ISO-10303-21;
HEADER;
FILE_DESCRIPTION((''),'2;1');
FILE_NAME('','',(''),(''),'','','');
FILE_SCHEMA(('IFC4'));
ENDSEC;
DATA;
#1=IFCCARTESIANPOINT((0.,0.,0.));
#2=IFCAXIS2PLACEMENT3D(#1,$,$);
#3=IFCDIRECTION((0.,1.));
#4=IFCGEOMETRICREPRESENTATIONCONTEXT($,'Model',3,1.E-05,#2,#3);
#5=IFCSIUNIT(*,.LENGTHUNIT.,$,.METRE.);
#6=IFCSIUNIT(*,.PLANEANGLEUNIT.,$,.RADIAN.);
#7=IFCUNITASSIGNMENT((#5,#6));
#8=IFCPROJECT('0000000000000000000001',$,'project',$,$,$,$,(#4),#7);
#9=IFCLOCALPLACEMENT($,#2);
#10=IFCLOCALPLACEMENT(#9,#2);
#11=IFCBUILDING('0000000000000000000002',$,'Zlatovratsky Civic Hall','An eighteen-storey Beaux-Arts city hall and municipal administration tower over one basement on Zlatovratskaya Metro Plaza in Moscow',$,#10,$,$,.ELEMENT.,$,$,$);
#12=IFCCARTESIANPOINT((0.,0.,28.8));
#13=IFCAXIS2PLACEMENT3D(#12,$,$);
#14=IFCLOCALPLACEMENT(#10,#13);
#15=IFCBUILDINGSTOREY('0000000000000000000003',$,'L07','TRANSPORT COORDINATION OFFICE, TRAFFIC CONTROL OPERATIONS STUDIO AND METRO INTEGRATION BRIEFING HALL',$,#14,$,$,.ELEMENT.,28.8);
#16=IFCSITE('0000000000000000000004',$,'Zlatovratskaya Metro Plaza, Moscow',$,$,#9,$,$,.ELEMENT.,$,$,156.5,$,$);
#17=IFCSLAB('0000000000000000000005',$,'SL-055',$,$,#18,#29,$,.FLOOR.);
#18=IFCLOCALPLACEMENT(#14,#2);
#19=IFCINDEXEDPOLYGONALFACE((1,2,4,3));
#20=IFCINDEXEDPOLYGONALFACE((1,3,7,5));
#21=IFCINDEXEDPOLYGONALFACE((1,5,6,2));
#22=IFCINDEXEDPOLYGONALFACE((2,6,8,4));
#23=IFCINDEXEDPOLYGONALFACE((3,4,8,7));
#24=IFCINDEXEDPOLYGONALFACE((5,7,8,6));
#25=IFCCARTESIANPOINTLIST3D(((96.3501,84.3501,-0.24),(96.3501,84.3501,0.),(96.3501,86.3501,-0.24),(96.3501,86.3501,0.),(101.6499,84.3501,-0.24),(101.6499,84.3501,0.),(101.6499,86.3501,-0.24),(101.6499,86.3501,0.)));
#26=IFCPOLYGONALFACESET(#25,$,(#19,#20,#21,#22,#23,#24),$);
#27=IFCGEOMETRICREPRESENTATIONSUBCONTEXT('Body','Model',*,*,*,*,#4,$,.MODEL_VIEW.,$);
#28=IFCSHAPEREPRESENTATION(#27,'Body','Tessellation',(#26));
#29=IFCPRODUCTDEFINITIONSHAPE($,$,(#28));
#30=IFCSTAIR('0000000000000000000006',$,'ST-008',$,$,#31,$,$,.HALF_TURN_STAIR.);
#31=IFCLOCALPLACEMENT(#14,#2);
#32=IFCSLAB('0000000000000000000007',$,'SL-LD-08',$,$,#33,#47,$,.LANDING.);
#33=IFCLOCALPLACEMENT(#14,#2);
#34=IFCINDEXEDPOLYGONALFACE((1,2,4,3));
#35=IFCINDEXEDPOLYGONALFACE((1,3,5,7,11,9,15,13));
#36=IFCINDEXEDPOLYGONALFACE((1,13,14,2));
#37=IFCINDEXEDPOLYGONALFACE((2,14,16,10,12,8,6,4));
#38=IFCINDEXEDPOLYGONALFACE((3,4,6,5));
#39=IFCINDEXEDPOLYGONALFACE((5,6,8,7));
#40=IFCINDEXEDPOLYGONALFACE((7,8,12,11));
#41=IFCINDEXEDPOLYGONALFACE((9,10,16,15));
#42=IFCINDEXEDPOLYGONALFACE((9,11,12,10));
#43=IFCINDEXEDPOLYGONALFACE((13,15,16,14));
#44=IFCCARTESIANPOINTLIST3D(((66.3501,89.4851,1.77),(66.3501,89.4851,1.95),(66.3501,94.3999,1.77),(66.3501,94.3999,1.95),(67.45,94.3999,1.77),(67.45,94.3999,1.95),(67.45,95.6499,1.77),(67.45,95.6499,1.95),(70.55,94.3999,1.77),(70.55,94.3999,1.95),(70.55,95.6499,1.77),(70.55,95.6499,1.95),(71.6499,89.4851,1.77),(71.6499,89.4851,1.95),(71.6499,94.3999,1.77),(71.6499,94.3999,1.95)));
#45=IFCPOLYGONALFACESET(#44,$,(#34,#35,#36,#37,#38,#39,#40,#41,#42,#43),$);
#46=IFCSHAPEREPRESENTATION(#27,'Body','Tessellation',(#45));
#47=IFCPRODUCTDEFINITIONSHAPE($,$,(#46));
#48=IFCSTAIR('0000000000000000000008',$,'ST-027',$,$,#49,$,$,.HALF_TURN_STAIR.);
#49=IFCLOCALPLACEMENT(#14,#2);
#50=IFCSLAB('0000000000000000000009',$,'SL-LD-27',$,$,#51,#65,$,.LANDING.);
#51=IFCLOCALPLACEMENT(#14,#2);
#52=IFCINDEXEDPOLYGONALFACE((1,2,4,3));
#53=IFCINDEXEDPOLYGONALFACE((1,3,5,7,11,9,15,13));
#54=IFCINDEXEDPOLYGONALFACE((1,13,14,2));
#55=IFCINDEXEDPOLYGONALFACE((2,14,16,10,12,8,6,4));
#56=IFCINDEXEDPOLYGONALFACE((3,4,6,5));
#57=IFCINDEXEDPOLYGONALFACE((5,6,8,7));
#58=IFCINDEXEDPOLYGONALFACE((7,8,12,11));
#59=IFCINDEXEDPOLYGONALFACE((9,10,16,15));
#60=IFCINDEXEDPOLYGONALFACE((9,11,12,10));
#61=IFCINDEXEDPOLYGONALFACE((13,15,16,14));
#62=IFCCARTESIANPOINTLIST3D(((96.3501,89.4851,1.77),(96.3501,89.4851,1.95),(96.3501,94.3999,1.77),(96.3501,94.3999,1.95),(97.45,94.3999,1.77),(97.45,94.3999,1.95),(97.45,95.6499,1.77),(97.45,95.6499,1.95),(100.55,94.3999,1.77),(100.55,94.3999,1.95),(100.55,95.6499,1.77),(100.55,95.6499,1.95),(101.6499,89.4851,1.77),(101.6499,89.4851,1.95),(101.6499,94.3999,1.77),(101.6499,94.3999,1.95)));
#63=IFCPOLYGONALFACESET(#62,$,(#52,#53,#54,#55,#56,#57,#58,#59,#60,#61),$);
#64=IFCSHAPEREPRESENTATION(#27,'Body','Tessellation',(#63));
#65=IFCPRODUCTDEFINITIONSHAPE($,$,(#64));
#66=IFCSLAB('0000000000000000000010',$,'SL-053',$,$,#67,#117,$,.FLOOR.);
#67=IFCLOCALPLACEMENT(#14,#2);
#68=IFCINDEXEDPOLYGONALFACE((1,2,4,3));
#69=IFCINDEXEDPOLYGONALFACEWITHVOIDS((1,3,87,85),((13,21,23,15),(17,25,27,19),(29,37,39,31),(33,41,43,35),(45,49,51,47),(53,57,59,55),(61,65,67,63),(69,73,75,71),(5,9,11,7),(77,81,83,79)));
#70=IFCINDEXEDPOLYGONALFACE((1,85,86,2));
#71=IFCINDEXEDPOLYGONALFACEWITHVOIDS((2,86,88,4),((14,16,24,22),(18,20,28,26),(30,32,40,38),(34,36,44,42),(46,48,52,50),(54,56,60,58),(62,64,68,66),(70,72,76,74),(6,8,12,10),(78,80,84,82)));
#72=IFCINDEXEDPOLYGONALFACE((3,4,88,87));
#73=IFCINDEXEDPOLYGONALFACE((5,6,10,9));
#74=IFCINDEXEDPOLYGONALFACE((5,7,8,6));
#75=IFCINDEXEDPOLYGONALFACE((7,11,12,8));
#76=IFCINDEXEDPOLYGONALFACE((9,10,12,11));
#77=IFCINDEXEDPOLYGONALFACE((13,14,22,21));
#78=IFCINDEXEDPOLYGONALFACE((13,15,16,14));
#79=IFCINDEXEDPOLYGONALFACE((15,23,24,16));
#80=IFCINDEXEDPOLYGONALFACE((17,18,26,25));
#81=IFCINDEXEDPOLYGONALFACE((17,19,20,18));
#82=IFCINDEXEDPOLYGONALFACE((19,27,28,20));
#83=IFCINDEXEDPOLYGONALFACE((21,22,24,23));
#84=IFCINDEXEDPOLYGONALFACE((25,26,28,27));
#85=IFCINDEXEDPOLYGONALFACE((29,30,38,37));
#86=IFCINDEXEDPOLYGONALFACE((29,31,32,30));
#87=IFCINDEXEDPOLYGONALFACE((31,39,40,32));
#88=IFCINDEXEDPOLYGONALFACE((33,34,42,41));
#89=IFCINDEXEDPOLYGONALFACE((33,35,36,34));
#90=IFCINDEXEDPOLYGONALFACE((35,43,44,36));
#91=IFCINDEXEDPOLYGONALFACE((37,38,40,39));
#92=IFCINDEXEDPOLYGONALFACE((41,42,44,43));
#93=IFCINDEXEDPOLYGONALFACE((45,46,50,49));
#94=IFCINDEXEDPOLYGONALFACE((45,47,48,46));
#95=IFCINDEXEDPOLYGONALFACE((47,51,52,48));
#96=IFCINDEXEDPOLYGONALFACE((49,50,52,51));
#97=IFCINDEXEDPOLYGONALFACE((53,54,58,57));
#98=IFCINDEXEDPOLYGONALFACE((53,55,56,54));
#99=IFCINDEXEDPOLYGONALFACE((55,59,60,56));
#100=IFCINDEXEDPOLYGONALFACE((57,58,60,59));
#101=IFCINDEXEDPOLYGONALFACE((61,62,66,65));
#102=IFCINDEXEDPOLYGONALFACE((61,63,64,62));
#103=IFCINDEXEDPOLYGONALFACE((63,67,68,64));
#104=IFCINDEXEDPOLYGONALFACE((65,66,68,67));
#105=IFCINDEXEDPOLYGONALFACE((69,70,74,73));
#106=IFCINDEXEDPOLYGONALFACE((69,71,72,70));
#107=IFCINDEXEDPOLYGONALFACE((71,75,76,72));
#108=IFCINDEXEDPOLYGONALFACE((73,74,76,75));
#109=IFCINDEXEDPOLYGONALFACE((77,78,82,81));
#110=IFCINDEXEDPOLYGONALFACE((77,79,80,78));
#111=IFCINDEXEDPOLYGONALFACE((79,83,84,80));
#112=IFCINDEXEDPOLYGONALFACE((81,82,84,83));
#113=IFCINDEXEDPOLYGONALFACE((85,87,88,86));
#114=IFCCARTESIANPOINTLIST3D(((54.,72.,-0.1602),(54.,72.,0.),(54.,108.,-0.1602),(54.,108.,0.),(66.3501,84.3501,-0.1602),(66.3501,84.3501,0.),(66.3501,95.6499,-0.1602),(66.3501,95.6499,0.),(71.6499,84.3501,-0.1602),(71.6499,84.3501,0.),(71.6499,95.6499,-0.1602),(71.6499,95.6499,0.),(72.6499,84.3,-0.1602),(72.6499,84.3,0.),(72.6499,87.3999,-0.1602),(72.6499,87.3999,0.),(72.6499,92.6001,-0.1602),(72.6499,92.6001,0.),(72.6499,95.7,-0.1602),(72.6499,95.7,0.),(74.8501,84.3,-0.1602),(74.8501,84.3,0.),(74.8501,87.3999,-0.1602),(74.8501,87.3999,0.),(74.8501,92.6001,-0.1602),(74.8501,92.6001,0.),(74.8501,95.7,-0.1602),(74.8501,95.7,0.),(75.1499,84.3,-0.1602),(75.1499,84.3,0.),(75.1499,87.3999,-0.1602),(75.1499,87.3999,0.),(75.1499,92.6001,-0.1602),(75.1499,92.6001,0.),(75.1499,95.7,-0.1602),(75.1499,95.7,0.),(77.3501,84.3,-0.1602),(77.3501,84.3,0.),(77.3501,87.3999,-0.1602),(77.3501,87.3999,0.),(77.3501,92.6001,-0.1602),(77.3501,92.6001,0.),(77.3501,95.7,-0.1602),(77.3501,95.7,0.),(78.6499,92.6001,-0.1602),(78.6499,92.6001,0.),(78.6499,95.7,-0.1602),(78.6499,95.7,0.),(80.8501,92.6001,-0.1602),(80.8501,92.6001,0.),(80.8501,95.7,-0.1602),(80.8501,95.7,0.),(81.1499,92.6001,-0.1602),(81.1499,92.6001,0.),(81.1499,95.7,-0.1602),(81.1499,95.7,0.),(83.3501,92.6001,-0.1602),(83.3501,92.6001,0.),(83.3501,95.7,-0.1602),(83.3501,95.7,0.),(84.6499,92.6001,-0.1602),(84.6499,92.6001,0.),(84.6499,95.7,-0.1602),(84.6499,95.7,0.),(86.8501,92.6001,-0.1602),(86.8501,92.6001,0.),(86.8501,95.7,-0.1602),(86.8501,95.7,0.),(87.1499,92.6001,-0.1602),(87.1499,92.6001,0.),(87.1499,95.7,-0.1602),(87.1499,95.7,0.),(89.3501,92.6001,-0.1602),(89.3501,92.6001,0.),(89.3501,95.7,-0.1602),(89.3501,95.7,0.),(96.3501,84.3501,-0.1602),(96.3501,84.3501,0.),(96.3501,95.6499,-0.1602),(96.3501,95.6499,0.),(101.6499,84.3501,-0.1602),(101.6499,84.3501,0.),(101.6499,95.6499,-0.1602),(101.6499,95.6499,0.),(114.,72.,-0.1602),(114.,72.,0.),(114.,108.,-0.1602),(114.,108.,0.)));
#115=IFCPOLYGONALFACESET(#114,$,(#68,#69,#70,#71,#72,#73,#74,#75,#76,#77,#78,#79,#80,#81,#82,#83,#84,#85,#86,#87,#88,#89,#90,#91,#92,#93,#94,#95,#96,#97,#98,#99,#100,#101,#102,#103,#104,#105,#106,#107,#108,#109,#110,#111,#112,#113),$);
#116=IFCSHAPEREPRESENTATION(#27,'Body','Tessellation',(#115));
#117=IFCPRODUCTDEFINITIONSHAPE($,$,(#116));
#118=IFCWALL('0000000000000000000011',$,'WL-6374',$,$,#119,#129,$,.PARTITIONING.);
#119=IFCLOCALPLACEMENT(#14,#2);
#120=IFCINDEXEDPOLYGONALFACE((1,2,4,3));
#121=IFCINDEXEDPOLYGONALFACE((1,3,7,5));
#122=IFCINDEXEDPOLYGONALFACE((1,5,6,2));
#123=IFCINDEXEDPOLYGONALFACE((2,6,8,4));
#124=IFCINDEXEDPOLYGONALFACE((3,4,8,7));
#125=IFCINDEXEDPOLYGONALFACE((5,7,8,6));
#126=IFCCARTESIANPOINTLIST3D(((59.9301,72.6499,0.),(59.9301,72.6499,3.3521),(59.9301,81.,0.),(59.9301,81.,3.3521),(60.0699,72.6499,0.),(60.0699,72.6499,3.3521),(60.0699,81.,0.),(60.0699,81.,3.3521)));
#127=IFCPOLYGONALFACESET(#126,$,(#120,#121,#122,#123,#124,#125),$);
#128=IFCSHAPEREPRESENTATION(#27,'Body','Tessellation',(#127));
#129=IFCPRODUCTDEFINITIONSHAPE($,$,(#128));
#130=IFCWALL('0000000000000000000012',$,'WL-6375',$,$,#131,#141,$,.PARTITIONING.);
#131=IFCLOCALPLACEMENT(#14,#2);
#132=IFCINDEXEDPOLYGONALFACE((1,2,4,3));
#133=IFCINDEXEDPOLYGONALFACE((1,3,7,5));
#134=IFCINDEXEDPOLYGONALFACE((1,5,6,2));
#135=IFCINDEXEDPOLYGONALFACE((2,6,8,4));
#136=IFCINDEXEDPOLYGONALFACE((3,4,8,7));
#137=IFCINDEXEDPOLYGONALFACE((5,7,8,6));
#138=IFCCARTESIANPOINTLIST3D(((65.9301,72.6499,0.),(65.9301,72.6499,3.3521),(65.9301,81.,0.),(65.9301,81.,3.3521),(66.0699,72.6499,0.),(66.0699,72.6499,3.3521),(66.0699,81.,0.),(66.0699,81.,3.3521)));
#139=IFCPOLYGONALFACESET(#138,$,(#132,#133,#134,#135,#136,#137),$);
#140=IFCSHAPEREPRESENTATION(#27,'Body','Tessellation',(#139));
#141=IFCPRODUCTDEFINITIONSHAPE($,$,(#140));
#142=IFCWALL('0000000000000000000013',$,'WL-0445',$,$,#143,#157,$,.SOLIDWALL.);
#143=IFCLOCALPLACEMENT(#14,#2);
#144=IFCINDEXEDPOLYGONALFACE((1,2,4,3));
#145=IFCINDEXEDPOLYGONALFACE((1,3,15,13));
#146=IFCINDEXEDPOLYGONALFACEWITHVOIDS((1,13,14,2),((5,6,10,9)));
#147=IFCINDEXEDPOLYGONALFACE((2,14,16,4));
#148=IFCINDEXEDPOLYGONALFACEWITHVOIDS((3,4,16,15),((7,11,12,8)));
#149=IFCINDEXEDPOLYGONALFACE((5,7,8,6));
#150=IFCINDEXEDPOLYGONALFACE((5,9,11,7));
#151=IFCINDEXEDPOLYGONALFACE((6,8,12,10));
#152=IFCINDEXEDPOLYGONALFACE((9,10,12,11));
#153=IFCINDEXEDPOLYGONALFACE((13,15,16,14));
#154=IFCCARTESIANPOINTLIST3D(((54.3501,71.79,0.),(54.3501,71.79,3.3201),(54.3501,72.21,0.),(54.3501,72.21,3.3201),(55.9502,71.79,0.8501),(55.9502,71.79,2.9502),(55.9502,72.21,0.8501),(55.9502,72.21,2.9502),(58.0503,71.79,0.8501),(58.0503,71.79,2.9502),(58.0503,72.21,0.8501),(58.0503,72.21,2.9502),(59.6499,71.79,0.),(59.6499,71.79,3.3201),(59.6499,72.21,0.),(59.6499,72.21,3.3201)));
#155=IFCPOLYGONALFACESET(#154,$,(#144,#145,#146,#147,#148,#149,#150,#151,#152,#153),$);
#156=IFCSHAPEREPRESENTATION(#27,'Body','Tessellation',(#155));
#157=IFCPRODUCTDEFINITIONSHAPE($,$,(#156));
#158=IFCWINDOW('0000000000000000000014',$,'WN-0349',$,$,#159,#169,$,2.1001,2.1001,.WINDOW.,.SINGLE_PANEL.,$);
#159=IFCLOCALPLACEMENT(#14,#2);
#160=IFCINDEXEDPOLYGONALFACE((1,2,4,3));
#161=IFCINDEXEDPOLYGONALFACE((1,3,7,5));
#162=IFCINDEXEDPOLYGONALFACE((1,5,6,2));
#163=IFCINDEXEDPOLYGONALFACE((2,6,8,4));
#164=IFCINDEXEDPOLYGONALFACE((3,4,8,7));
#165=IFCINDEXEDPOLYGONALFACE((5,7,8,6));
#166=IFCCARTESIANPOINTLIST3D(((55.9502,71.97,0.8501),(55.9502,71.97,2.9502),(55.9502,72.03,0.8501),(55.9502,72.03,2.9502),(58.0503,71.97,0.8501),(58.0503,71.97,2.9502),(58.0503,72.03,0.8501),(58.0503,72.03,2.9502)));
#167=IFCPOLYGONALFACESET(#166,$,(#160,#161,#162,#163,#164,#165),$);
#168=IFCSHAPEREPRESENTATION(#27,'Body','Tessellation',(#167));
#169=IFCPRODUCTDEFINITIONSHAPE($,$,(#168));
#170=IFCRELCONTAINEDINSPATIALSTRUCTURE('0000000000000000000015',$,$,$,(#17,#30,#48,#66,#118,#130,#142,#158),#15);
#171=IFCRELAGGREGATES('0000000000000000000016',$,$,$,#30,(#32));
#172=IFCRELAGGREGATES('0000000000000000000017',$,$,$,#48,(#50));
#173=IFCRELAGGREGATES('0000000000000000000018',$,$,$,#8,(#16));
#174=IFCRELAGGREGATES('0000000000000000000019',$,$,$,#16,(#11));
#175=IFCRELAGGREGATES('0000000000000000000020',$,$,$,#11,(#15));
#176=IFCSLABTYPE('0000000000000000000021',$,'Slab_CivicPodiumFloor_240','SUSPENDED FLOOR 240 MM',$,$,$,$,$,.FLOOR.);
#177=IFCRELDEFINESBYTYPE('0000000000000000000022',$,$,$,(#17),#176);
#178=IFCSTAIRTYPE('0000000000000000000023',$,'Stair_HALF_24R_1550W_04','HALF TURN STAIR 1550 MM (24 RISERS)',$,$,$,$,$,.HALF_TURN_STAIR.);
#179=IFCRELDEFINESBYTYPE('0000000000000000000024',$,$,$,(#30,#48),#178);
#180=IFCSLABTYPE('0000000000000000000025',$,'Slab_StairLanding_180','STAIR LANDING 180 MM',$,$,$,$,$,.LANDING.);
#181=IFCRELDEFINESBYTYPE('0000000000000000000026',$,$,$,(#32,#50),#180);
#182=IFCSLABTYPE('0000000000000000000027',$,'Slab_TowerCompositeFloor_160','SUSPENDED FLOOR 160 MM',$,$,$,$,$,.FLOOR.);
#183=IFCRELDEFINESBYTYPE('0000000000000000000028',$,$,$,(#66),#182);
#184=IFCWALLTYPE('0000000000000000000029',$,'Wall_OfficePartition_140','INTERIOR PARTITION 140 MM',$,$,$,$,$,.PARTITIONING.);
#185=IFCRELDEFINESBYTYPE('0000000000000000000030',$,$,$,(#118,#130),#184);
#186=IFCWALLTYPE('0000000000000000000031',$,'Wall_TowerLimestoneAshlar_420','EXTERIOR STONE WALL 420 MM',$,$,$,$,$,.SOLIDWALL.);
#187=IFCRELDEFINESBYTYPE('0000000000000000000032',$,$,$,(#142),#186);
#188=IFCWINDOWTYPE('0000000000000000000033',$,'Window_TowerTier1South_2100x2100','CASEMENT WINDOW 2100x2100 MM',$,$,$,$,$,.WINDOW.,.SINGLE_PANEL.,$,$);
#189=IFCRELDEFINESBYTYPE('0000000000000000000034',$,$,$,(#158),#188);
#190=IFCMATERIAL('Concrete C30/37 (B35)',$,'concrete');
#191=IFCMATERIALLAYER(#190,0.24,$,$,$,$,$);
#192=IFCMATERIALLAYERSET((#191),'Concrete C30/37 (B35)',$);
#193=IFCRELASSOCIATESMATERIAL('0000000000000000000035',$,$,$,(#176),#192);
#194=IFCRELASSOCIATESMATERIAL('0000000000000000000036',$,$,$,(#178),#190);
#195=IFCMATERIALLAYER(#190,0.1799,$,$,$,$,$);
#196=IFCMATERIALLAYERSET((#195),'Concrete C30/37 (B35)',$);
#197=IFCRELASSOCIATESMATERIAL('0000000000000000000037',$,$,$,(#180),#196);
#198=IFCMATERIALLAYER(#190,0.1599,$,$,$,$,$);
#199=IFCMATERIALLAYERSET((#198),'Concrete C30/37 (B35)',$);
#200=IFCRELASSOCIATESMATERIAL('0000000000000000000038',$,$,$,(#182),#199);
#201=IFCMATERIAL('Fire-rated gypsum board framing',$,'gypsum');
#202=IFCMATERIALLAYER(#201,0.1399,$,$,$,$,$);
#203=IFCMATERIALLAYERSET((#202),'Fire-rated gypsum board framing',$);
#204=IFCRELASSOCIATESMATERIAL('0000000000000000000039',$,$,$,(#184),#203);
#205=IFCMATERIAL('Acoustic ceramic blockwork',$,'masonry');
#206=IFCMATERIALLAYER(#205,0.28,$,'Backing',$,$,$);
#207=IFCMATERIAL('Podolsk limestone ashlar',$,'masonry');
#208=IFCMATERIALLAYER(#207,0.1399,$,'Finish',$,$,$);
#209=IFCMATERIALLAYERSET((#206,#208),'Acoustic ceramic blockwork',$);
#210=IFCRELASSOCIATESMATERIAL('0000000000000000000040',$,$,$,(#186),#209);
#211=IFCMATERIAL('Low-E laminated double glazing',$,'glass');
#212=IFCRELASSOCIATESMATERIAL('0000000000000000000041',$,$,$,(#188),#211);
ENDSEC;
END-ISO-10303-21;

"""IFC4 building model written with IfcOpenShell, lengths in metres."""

from ifc_helpers import new_model, si_unit, direction, frame, frame_2d, origin, place, context, subcontext, project, spatial, polyline, rectangle, outline, extrude, material, layer, layer_set, type_object, element, fill, aggregate, save


model = new_model("IFC4")

# Units and contexts
model_context = context("Model", 3, precision=1e-05, world=origin(), true_north=direction((0.0, 1.0)))
body_context = subcontext(model_context, "Body", "Model", "MODEL_VIEW")
ifc_project = project(units=[si_unit("LENGTHUNIT", "METRE"), si_unit("PLANEANGLEUNIT", "RADIAN")], contexts=[model_context])

# Site, building, storey
site_placement = place(None, origin())
site = spatial("IfcSite", under=ifc_project, at=site_placement, Name="Zlatovratskaya Metro Plaza, Moscow", CompositionType="ELEMENT", RefElevation=156.5)
building_placement = place(site_placement, origin())
building = spatial("IfcBuilding", under=site, at=building_placement, Name="Zlatovratsky Civic Hall", Description="An eighteen-storey Beaux-Arts city hall and municipal administration tower over one basement on Zlatovratskaya Metro Plaza in Moscow", CompositionType="ELEMENT")
storey_placement = place(building_placement, frame((0.0, 0.0, 28.8)))
storey = spatial("IfcBuildingStorey", under=building, at=storey_placement, Name="L07", Description="TRANSPORT COORDINATION OFFICE, TRAFFIC CONTROL OPERATIONS STUDIO AND METRO INTEGRATION BRIEFING HALL", CompositionType="ELEMENT", Elevation=28.8)

# Slab
ifc_material_1 = material(Name="Concrete C30/37 (B35)", Category="concrete")
ifc_layer_1 = layer(ifc_material_1, 0.24)
ifc_layer_set_1 = layer_set([ifc_layer_1], Name="Concrete C30/37 (B35)")
slab_type_1 = type_object("IfcSlabType", Name="Slab_CivicPodiumFloor_240", Description="SUSPENDED FLOOR 240 MM", PredefinedType="FLOOR", material=ifc_layer_set_1)
slab_1_placement = place(storey_placement, frame((0.0, 0.0, -0.24)))
element("IfcSlab", 1, at=slab_1_placement, inside=storey, type_object=slab_type_1, Name="SL-055", PredefinedType="FLOOR", context=body_context, shape_type="SweptSolid", body=[
    extrude(outline(polyline([(96.3501, 84.3501), (101.6499, 84.3501), (101.6499, 86.3501), (96.3501, 86.3501), (96.3501, 84.3501)])), origin(), (0.0, 0.0, 1.0), 0.24),
])

# Stairs, slabs
stair_type = type_object("IfcStairType", Name="Stair_HALF_24R_1550W_04", Description="HALF TURN STAIR 1550 MM (24 RISERS)", PredefinedType="HALF_TURN_STAIR", material=ifc_material_1)
stair_1_placement = place(storey_placement, origin())
stair_1 = element("IfcStair", 2, at=stair_1_placement, inside=storey, type_object=stair_type, Name="ST-008", PredefinedType="HALF_TURN_STAIR")
ifc_layer_2 = layer(ifc_material_1, 0.1799)
ifc_layer_set_2 = layer_set([ifc_layer_2], Name="Concrete C30/37 (B35)")
slab_type_2 = type_object("IfcSlabType", Name="Slab_StairLanding_180", Description="STAIR LANDING 180 MM", PredefinedType="LANDING", material=ifc_layer_set_2)
slab_2_placement = place(storey_placement, frame((0.0, 0.0, 1.77)))
slab_2 = element("IfcSlab", 3, at=slab_2_placement, type_object=slab_type_2, Name="SL-LD-08", PredefinedType="LANDING", context=body_context, shape_type="SweptSolid", body=[
    extrude(outline(polyline([(66.3501, 89.4851), (71.6499, 89.4851), (71.6499, 94.3999), (70.55, 94.3999), (70.55, 95.6499), (67.45, 95.6499), (67.45, 94.3999), (66.3501, 94.3999), (66.3501, 89.4851)])), origin(), (0.0, 0.0, 1.0), 0.1799),
])
aggregate(stair_1, [slab_2])
stair_2_placement = place(storey_placement, origin())
stair_2 = element("IfcStair", 4, at=stair_2_placement, inside=storey, type_object=stair_type, Name="ST-027", PredefinedType="HALF_TURN_STAIR")
slab_3_placement = place(storey_placement, frame((0.0, 0.0, 1.77)))
slab_3 = element("IfcSlab", 5, at=slab_3_placement, type_object=slab_type_2, Name="SL-LD-27", PredefinedType="LANDING", context=body_context, shape_type="SweptSolid", body=[
    extrude(outline(polyline([(96.3501, 89.4851), (101.6499, 89.4851), (101.6499, 94.3999), (100.55, 94.3999), (100.55, 95.6499), (97.45, 95.6499), (97.45, 94.3999), (96.3501, 94.3999), (96.3501, 89.4851)])), origin(), (0.0, 0.0, 1.0), 0.1799),
])
aggregate(stair_2, [slab_3])

# Slab
ifc_layer_3 = layer(ifc_material_1, 0.1599)
ifc_layer_set_3 = layer_set([ifc_layer_3], Name="Concrete C30/37 (B35)")
slab_type_3 = type_object("IfcSlabType", Name="Slab_TowerCompositeFloor_160", Description="SUSPENDED FLOOR 160 MM", PredefinedType="FLOOR", material=ifc_layer_set_3)
slab_4_placement = place(storey_placement, frame((0.0, 0.0, -0.1602)))
element("IfcSlab", 6, at=slab_4_placement, inside=storey, type_object=slab_type_3, Name="SL-053", PredefinedType="FLOOR", context=body_context, shape_type="SweptSolid", body=[
    extrude(outline(polyline([(54.0, 72.0), (114.0, 72.0), (114.0, 108.0), (54.0, 108.0), (54.0, 72.0)]), holes=[polyline([(66.3501, 84.3501), (71.6499, 84.3501), (71.6499, 95.6499), (66.3501, 95.6499), (66.3501, 84.3501)]), polyline([(96.3501, 84.3501), (101.6499, 84.3501), (101.6499, 95.6499), (96.3501, 95.6499), (96.3501, 84.3501)]), polyline([(72.6499, 84.3), (74.8501, 84.3), (74.8501, 87.3999), (72.6499, 87.3999), (72.6499, 84.3)]), polyline([(75.1499, 84.3), (77.3501, 84.3), (77.3501, 87.3999), (75.1499, 87.3999), (75.1499, 84.3)]), polyline([(72.6499, 92.6001), (74.8501, 92.6001), (74.8501, 95.7), (72.6499, 95.7), (72.6499, 92.6001)]), polyline([(75.1499, 92.6001), (77.3501, 92.6001), (77.3501, 95.7), (75.1499, 95.7), (75.1499, 92.6001)]), polyline([(78.6499, 92.6001), (80.8501, 92.6001), (80.8501, 95.7), (78.6499, 95.7), (78.6499, 92.6001)]), polyline([(81.1499, 92.6001), (83.3501, 92.6001), (83.3501, 95.7), (81.1499, 95.7), (81.1499, 92.6001)]), polyline([(84.6499, 92.6001), (86.8501, 92.6001), (86.8501, 95.7), (84.6499, 95.7), (84.6499, 92.6001)]), polyline([(87.1499, 92.6001), (89.3501, 92.6001), (89.3501, 95.7), (87.1499, 95.7), (87.1499, 92.6001)])]), origin(), (0.0, 0.0, 1.0), 0.1602),
])

# Walls
ifc_material_2 = material(Name="Fire-rated gypsum board framing", Category="gypsum")
ifc_layer_4 = layer(ifc_material_2, 0.1399)
ifc_layer_set_4 = layer_set([ifc_layer_4], Name="Fire-rated gypsum board framing")
wall_type_1 = type_object("IfcWallType", Name="Wall_OfficePartition_140", Description="INTERIOR PARTITION 140 MM", PredefinedType="PARTITIONING", material=ifc_layer_set_4)
for number, where, z_axis, x_axis, name in (
    (7, (60.0, 72.6499, 0.0), (0.0, 0.0, 1.0), (0.0, 1.0, 0.0), "WL-6374"),
    (8, (66.0, 72.6499, 0.0), (0.0, 0.0, 1.0), (0.0, 1.0, 0.0), "WL-6375"),
):
    element("IfcWall", number, at=place(storey_placement, frame(where, z_axis=z_axis, x_axis=x_axis)), inside=storey, type_object=wall_type_1, Name=name, PredefinedType="PARTITIONING", context=body_context, shape_type="SweptSolid", body=[
        extrude(rectangle(XDim=8.3501, YDim=0.1399, at=frame_2d((4.175, 0.0))), origin(), (0.0, 0.0, 1.0), 3.3521),
    ])

# Wall, opening, window
ifc_material_3 = material(Name="Acoustic ceramic blockwork", Category="masonry")
ifc_layer_5 = layer(ifc_material_3, 0.28, Name="Backing")
ifc_material_4 = material(Name="Podolsk limestone ashlar", Category="masonry")
ifc_layer_6 = layer(ifc_material_4, 0.1399, Name="Finish")
ifc_layer_set_5 = layer_set([ifc_layer_5, ifc_layer_6], Name="Acoustic ceramic blockwork")
wall_type_2 = type_object("IfcWallType", Name="Wall_TowerLimestoneAshlar_420", Description="EXTERIOR STONE WALL 420 MM", PredefinedType="SOLIDWALL", material=ifc_layer_set_5)
wall_1_placement = place(storey_placement, frame((54.3501, 72.0, 0.0), z_axis=(0.0, 0.0, 1.0), x_axis=(1.0, 0.0, 0.0)))
wall_1 = element("IfcWall", 9, at=wall_1_placement, inside=storey, type_object=wall_type_2, Name="WL-0445", PredefinedType="SOLIDWALL", context=body_context, shape_type="SweptSolid", body=[
    extrude(rectangle(XDim=5.2998, YDim=0.4199, at=frame_2d((2.6499, 0.0))), origin(), (0.0, 0.0, 1.0), 3.3201),
])
opening_1_placement = place(wall_1_placement, frame((1.6001, 0.0, 0.8501)))
opening_1 = element("IfcOpeningElement", 10, at=opening_1_placement, cuts=wall_1, PredefinedType="OPENING", context=body_context, shape_type="SweptSolid", body=[
    extrude(rectangle(XDim=2.1001, YDim=2.1001, at=frame_2d((1.05, 1.05))), frame((0.0, 0.2249, 0.0), z_axis=(0.0, -1.0, 0.0), x_axis=(1.0, 0.0, 0.0)), (0.0, 0.0, 1.0), 0.4497),
])
ifc_material_5 = material(Name="Low-E laminated double glazing", Category="glass")
window_type_1 = type_object("IfcWindowType", Name="Window_TowerTier1South_2100x2100", Description="CASEMENT WINDOW 2100x2100 MM", PartitioningType="SINGLE_PANEL", PredefinedType="WINDOW", material=ifc_material_5)
window_1_placement = place(opening_1_placement, origin())
window_1 = element("IfcWindow", 11, at=window_1_placement, inside=storey, type_object=window_type_1, Name="WN-0349", OverallHeight=2.1001, OverallWidth=2.1001, PartitioningType="SINGLE_PANEL", PredefinedType="WINDOW", context=body_context, shape_type="SweptSolid", body=[
    extrude(rectangle(XDim=2.1001, YDim=2.1001, at=frame_2d((1.05, 1.05))), frame((0.0, 0.03, 0.0), z_axis=(0.0, -1.0, 0.0), x_axis=(1.0, 0.0, 0.0)), (0.0, 0.0, 1.0), 0.0601),
])
fill(opening_1, window_1)

save(model, "model.ifc")
